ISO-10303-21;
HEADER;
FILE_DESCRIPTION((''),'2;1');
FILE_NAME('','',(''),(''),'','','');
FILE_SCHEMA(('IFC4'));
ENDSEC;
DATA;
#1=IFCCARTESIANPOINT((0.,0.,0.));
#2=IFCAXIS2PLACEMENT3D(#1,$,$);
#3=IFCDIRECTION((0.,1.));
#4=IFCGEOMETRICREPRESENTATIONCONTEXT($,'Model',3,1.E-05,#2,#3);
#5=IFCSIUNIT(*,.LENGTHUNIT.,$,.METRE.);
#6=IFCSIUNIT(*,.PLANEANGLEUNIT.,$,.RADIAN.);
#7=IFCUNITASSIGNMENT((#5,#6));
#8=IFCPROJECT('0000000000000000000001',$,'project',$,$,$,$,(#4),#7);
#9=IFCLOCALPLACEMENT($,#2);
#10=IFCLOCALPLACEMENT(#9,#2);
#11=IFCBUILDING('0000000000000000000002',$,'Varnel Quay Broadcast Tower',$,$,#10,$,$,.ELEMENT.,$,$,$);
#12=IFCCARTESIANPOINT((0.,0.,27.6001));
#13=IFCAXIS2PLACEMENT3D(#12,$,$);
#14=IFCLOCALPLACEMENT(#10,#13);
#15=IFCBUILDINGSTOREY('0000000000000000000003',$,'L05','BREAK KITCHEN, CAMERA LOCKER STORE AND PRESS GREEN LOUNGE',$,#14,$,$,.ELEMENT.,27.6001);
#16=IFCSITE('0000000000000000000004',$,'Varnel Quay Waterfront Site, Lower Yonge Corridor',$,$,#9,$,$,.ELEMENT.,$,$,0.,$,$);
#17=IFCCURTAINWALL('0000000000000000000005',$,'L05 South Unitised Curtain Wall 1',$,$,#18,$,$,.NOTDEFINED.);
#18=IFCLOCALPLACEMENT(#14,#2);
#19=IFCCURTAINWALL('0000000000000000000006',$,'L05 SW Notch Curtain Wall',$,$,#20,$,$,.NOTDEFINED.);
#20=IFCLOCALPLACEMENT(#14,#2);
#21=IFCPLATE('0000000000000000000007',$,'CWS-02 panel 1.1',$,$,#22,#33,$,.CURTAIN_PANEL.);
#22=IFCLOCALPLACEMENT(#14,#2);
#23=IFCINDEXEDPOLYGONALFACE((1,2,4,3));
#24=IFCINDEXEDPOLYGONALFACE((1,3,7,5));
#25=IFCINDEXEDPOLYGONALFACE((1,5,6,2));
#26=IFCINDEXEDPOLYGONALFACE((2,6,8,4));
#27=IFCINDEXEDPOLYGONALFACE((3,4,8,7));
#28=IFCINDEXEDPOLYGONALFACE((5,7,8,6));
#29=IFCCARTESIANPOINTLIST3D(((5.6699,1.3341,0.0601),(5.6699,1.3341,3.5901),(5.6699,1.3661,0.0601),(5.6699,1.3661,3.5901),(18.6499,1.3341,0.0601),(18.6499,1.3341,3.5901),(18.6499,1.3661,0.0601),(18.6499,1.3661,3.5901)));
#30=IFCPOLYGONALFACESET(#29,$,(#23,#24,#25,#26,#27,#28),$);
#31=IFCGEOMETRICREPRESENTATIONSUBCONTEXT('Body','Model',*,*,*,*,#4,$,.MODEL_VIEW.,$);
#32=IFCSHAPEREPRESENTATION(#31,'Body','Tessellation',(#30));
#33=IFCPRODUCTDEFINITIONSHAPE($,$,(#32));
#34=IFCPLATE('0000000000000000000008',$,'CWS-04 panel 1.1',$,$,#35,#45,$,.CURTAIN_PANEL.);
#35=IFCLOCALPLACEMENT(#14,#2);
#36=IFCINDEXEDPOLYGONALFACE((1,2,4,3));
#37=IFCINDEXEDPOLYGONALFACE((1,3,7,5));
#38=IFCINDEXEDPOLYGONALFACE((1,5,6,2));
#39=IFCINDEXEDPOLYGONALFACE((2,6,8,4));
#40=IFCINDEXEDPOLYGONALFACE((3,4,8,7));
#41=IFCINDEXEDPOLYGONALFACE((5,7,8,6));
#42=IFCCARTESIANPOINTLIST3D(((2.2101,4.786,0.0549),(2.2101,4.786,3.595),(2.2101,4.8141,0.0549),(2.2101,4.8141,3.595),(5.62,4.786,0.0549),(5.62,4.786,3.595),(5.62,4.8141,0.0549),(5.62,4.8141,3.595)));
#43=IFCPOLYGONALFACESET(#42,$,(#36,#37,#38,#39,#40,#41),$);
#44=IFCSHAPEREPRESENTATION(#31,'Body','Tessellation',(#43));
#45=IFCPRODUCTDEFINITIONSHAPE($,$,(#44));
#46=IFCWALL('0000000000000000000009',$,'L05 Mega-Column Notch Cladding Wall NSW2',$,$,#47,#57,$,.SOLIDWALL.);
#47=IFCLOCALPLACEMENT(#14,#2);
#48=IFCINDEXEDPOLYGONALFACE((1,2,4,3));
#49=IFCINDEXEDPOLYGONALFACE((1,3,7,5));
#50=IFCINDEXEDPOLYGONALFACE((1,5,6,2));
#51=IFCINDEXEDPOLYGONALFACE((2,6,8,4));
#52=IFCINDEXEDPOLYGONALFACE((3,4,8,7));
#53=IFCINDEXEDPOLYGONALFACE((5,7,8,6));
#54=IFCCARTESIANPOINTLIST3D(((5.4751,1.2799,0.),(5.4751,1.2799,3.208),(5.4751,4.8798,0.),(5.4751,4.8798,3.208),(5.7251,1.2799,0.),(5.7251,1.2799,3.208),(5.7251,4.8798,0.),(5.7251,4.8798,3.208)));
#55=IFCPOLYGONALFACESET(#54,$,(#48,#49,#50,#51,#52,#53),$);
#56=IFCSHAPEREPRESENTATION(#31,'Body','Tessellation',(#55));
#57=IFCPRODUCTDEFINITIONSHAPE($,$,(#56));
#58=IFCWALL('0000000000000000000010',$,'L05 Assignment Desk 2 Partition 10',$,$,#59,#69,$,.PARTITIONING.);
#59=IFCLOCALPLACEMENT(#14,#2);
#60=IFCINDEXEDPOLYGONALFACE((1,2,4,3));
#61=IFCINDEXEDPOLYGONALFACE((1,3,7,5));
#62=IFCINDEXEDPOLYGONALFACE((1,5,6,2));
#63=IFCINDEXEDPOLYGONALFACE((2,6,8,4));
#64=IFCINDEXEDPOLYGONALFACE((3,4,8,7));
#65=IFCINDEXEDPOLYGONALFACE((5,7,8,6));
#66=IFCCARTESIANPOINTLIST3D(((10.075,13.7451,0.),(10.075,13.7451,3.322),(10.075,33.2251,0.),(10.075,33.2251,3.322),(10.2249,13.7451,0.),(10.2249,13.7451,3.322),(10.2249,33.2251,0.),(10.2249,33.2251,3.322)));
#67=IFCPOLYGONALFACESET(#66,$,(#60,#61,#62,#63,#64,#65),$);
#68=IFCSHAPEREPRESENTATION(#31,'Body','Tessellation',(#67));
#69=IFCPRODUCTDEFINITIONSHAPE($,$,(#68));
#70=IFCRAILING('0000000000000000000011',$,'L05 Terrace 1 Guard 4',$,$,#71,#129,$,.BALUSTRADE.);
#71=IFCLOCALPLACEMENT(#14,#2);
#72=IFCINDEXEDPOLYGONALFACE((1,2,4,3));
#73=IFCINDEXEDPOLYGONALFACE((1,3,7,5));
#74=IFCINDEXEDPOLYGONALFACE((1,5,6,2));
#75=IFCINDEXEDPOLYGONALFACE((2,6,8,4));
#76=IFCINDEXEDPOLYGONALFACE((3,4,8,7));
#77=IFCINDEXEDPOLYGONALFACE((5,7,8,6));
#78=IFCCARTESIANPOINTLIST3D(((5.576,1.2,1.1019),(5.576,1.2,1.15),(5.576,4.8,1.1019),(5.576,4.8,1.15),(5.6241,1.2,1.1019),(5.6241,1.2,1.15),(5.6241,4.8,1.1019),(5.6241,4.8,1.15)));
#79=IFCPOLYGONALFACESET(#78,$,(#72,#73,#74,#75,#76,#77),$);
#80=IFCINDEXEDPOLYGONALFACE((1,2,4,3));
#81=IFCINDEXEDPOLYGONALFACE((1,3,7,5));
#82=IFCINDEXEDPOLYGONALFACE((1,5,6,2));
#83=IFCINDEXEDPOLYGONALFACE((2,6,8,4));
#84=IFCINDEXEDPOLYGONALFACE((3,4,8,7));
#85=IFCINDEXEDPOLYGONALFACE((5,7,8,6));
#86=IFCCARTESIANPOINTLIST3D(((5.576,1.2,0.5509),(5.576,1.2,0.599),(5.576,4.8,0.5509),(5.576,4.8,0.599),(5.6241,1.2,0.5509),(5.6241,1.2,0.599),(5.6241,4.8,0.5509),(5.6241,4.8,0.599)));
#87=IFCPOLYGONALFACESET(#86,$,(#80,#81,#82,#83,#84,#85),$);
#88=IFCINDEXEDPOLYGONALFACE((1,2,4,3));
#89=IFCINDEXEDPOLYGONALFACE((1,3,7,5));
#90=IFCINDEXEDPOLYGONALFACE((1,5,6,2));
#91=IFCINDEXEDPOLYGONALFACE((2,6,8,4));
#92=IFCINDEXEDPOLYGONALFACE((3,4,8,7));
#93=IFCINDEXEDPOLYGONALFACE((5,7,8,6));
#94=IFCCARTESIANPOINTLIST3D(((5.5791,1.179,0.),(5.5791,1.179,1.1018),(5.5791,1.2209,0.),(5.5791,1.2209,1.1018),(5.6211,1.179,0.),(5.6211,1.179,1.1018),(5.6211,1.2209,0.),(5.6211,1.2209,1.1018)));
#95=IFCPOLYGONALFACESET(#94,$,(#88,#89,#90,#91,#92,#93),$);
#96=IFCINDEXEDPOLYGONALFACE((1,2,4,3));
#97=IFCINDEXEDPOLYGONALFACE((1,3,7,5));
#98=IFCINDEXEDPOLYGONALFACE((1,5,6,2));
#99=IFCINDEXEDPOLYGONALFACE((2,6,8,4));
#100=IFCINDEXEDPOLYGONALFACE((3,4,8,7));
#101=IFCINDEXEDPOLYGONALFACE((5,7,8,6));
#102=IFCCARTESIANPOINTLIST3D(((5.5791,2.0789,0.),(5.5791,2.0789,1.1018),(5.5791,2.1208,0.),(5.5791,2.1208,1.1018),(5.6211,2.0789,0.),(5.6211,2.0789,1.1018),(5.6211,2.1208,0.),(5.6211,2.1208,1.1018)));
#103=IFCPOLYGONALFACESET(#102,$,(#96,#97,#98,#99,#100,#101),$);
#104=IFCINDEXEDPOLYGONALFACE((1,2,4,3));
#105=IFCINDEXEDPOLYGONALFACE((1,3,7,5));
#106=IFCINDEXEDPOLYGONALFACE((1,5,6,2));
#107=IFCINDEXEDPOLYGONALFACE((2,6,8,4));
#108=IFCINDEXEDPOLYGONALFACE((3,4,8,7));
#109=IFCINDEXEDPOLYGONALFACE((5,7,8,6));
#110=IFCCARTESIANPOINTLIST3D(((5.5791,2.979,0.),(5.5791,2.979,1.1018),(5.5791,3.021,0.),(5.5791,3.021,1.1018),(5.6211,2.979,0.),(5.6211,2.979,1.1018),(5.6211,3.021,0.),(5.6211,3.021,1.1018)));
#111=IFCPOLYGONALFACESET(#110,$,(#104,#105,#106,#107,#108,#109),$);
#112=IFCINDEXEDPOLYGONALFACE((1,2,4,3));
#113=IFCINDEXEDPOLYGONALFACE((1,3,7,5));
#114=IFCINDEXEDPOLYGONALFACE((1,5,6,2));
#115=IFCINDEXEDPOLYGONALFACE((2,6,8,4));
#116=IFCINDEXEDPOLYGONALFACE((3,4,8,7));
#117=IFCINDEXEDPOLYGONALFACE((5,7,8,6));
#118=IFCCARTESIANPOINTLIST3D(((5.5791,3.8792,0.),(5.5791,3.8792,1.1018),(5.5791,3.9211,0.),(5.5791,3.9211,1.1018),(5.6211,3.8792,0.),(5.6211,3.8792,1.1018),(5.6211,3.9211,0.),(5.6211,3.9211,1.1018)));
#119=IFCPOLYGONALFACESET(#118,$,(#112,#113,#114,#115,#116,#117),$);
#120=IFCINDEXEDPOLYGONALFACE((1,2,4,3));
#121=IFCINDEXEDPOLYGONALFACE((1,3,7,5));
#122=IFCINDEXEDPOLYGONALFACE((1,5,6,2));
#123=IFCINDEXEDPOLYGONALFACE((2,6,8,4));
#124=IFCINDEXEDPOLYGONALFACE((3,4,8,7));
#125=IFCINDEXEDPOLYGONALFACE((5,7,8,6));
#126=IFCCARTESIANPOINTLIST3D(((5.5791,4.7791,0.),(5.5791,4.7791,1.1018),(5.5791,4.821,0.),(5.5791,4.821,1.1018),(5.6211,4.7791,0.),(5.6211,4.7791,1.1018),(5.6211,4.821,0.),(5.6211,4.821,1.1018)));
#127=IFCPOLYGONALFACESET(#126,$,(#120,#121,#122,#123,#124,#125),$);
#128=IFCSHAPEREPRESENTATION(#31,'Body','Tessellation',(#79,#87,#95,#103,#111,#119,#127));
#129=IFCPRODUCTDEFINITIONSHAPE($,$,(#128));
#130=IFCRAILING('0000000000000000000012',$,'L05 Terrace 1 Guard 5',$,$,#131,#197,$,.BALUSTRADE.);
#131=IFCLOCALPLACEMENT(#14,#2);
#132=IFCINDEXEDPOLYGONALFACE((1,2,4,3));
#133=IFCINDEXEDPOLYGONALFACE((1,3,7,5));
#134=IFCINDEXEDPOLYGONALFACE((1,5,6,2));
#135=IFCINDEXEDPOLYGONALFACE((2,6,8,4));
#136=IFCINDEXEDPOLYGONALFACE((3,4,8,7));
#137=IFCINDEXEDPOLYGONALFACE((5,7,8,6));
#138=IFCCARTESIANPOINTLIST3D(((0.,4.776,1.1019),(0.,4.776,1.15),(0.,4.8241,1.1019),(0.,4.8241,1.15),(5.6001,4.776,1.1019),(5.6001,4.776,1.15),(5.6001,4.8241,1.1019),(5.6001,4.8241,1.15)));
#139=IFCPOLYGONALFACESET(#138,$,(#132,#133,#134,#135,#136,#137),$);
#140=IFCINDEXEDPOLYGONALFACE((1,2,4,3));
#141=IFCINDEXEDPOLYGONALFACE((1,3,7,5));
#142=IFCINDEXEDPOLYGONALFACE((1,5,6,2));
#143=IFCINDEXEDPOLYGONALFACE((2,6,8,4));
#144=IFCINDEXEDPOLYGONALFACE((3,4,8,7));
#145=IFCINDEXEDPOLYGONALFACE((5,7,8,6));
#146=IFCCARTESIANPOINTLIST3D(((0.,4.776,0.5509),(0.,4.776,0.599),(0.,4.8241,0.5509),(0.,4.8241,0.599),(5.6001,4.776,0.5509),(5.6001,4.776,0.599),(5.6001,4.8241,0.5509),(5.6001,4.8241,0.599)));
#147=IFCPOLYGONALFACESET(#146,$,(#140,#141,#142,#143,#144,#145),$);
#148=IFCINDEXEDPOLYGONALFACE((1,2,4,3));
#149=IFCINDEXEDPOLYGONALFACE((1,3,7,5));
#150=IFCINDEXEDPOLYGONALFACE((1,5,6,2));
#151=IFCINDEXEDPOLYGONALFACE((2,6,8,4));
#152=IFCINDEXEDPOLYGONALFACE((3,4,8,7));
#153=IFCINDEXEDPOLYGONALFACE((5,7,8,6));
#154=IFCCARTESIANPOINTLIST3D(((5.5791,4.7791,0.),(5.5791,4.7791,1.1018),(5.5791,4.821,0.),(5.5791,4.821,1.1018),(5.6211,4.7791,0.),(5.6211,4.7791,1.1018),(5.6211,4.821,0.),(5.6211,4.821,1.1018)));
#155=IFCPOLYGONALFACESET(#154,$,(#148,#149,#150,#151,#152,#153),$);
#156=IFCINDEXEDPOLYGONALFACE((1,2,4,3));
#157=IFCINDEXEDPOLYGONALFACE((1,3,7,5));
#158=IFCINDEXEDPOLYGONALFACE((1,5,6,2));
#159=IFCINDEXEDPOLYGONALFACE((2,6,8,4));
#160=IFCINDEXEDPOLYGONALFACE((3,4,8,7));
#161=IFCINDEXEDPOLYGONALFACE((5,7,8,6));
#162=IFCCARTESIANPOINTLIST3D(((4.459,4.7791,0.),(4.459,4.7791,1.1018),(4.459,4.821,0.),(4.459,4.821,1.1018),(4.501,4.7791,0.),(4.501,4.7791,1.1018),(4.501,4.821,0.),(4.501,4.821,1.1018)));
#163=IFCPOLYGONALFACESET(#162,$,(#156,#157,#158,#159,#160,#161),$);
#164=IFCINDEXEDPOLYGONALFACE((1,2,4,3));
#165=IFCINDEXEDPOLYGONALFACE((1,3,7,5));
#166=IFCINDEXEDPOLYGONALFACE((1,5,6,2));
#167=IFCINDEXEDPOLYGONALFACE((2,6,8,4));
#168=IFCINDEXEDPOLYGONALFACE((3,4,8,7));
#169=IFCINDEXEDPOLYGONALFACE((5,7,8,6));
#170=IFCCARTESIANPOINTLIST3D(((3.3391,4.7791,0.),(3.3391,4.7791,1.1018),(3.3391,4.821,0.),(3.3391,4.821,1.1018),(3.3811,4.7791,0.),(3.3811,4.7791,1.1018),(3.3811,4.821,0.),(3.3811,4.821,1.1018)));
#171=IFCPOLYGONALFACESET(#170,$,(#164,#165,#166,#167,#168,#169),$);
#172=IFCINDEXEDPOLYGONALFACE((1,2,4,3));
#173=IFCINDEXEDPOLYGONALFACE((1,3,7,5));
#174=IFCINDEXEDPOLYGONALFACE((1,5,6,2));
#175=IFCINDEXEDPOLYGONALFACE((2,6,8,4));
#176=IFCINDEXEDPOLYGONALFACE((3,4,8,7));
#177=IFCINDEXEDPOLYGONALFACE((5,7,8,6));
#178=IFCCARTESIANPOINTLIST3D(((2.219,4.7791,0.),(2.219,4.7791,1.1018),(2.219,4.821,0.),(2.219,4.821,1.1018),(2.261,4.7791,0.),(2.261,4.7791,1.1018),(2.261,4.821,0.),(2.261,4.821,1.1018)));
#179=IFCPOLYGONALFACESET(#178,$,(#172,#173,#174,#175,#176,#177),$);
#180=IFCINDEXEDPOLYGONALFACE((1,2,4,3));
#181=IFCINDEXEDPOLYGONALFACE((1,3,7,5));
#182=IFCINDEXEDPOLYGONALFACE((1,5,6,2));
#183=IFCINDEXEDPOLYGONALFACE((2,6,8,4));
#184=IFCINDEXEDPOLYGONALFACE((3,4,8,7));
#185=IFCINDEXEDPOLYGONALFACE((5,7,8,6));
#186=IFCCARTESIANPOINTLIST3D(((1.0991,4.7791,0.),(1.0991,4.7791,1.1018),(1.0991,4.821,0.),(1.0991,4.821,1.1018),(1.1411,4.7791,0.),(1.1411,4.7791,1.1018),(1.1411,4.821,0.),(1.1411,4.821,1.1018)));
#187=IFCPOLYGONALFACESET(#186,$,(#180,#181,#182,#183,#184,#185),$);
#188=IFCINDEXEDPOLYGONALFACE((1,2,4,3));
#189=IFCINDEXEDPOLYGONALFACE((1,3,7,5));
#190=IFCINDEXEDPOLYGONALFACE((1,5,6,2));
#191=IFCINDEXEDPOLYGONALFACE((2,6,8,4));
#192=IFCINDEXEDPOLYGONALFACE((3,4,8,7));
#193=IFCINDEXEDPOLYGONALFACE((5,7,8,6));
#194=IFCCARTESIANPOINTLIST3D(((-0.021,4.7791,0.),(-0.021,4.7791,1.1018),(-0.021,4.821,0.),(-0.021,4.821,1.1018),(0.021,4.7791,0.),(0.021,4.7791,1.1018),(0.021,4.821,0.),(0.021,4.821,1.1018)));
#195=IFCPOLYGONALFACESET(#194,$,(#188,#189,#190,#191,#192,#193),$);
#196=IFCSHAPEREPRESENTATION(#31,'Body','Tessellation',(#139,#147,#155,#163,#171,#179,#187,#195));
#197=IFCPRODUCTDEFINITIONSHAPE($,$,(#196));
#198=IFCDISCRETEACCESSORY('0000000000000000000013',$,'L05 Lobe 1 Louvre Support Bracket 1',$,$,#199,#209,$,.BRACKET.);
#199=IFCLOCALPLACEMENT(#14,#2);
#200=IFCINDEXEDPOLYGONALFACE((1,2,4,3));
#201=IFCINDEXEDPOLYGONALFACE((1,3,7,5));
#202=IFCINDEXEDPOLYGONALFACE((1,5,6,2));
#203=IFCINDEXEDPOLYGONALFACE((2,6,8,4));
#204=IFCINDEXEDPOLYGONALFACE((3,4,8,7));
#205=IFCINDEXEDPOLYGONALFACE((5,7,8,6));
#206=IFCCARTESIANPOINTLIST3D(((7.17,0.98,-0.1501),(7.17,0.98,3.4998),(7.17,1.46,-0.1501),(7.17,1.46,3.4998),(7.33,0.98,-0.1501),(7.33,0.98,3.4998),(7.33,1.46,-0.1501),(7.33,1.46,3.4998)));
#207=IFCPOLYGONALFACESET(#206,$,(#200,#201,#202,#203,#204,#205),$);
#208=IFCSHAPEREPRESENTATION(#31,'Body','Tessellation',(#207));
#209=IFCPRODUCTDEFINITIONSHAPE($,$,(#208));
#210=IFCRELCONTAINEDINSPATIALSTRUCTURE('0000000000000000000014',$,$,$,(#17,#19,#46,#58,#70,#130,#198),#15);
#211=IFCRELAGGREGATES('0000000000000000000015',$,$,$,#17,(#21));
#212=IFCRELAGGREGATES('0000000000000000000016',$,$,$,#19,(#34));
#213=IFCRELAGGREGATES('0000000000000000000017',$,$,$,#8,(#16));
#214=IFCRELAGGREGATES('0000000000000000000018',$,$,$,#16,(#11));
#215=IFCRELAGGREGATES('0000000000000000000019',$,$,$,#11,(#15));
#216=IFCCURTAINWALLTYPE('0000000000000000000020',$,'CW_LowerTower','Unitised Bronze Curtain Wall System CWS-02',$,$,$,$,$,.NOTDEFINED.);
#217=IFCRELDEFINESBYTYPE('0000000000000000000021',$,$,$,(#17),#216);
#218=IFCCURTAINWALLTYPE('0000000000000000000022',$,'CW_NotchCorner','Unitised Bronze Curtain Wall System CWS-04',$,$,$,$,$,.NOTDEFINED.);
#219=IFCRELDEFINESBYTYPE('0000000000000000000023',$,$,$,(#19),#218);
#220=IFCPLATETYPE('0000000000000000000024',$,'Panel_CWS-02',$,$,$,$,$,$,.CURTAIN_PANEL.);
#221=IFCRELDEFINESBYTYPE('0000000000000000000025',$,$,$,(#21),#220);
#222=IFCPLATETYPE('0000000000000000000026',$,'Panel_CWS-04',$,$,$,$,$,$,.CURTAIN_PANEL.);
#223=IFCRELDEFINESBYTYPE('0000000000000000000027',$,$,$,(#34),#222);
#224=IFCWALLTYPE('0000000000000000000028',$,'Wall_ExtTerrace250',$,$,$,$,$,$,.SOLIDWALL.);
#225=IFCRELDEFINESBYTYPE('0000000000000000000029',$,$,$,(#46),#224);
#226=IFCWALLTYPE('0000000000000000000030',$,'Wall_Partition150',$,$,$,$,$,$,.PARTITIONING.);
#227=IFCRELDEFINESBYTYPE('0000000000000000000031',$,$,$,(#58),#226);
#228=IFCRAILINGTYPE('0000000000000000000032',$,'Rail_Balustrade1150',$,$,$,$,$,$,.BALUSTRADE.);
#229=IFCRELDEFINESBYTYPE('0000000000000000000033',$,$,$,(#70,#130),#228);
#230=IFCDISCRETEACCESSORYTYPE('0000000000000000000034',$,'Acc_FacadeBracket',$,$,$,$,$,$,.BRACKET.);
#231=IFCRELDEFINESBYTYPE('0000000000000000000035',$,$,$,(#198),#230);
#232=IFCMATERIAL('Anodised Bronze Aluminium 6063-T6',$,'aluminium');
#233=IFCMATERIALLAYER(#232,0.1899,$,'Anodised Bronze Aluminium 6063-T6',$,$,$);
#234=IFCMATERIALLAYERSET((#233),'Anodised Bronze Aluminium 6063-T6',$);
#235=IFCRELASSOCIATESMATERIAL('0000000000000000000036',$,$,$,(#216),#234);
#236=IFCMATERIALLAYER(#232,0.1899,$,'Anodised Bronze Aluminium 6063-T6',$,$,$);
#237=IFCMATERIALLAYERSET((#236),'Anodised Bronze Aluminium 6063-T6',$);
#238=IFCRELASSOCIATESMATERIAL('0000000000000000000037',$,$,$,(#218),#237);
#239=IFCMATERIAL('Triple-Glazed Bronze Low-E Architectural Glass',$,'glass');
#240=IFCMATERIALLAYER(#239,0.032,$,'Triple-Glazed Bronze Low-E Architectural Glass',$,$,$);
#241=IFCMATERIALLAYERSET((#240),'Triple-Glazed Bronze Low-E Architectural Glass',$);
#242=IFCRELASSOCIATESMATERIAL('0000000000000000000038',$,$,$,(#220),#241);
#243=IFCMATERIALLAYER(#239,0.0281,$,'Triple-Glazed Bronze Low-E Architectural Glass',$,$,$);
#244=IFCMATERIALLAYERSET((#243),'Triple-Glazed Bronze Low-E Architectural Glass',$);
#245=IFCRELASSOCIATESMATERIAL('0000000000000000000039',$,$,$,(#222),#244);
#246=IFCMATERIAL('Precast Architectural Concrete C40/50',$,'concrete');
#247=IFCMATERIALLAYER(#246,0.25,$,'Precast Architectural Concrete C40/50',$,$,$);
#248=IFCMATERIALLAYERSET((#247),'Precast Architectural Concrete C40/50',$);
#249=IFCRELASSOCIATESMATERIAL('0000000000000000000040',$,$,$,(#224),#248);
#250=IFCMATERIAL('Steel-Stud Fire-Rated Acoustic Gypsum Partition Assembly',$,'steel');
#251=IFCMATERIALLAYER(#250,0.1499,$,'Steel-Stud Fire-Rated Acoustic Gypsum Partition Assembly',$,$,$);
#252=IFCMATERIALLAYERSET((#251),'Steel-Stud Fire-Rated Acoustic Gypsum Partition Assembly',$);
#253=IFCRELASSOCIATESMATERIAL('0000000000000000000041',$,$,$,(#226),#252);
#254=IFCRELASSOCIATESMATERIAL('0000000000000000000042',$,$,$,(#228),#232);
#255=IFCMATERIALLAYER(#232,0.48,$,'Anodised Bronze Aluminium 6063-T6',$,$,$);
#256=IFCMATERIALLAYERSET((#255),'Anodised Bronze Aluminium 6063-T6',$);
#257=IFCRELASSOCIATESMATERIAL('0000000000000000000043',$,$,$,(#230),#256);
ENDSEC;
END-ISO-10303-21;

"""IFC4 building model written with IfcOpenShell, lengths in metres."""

from ifc_helpers import new_model, si_unit, direction, frame, frame_2d, origin, origin_2d, place, context, subcontext, project, spatial, rectangle, extrude, source, transform, mapped, material, layer, layer_set, type_object, type_shapes, element, aggregate, save


model = new_model("IFC4")

# Units and contexts
model_context = context("Model", 3, precision=1e-05, world=origin(), true_north=direction((0.0, 1.0)))
body_context = subcontext(model_context, "Body", "Model", "MODEL_VIEW")
ifc_project = project(units=[si_unit("LENGTHUNIT", "METRE"), si_unit("PLANEANGLEUNIT", "RADIAN")], contexts=[model_context])

# Site, building, storey
site_placement = place(None, origin())
site = spatial("IfcSite", under=ifc_project, at=site_placement, Name="Varnel Quay Waterfront Site, Lower Yonge Corridor", CompositionType="ELEMENT", RefElevation=0.0)
building_placement = place(site_placement, origin())
building = spatial("IfcBuilding", under=site, at=building_placement, Name="Varnel Quay Broadcast Tower", CompositionType="ELEMENT")
storey_placement = place(building_placement, frame((0.0, 0.0, 27.6001)))
storey = spatial("IfcBuildingStorey", under=building, at=storey_placement, Name="L05", Description="BREAK KITCHEN, CAMERA LOCKER STORE AND PRESS GREEN LOUNGE", CompositionType="ELEMENT", Elevation=27.6001)

# Curtain wall
ifc_material_1 = material(Name="Anodised Bronze Aluminium 6063-T6", Category="aluminium")
ifc_layer_1 = layer(ifc_material_1, 0.1899, Name="Anodised Bronze Aluminium 6063-T6")
ifc_layer_set_1 = layer_set([ifc_layer_1], Name="Anodised Bronze Aluminium 6063-T6")
curtain_wall_type_1 = type_object("IfcCurtainWallType", Name="CW_LowerTower", Description="Unitised Bronze Curtain Wall System CWS-02", PredefinedType="NOTDEFINED", material=ifc_layer_set_1)
curtain_wall_1_placement = place(storey_placement, origin())
curtain_wall_1 = element("IfcCurtainWall", 1, at=curtain_wall_1_placement, inside=storey, type_object=curtain_wall_type_1, Name="L05 South Unitised Curtain Wall 1", PredefinedType="NOTDEFINED")

# Curtain wall
ifc_layer_2 = layer(ifc_material_1, 0.1899, Name="Anodised Bronze Aluminium 6063-T6")
ifc_layer_set_2 = layer_set([ifc_layer_2], Name="Anodised Bronze Aluminium 6063-T6")
curtain_wall_type_2 = type_object("IfcCurtainWallType", Name="CW_NotchCorner", Description="Unitised Bronze Curtain Wall System CWS-04", PredefinedType="NOTDEFINED", material=ifc_layer_set_2)
curtain_wall_2_placement = place(storey_placement, origin())
curtain_wall_2 = element("IfcCurtainWall", 2, at=curtain_wall_2_placement, inside=storey, type_object=curtain_wall_type_2, Name="L05 SW Notch Curtain Wall", PredefinedType="NOTDEFINED")

# Plates
ifc_material_2 = material(Name="Triple-Glazed Bronze Low-E Architectural Glass", Category="glass")
ifc_layer_3 = layer(ifc_material_2, 0.032, Name="Triple-Glazed Bronze Low-E Architectural Glass")
ifc_layer_set_3 = layer_set([ifc_layer_3], Name="Triple-Glazed Bronze Low-E Architectural Glass")
plate_type_1 = type_object("IfcPlateType", Name="Panel_CWS-02", PredefinedType="CURTAIN_PANEL", material=ifc_layer_set_3)
shared_shape_1 = source(origin(), body_context, "Body", "SweptSolid", [
    extrude(rectangle(XDim=12.98, YDim=0.032, at=origin_2d()), origin(), (0.0, 0.0, 1.0), 3.53),
])
type_shapes(plate_type_1, [shared_shape_1])
plate_1_placement = place(storey_placement, frame((12.1599, 1.3501, 0.0601), z_axis=(0.0, 0.0, 1.0), x_axis=(1.0, 0.0, 0.0)))
plate_1 = element("IfcPlate", 3, at=plate_1_placement, type_object=plate_type_1, Name="CWS-02 panel 1.1", PredefinedType="CURTAIN_PANEL", context=body_context, shape_type="MappedRepresentation", body=[
    mapped(shared_shape_1, transform((0.0, 0.0, 0.0), x_axis=(1.0, 0.0, 0.0), y_axis=(0.0, 1.0, 0.0), z_axis=(0.0, 0.0, 1.0), scale=1.0)),
])
aggregate(curtain_wall_1, [plate_1])
ifc_layer_4 = layer(ifc_material_2, 0.0281, Name="Triple-Glazed Bronze Low-E Architectural Glass")
ifc_layer_set_4 = layer_set([ifc_layer_4], Name="Triple-Glazed Bronze Low-E Architectural Glass")
plate_type_2 = type_object("IfcPlateType", Name="Panel_CWS-04", PredefinedType="CURTAIN_PANEL", material=ifc_layer_set_4)
shared_shape_2 = source(origin(), body_context, "Body", "SweptSolid", [
    extrude(rectangle(XDim=3.4099, YDim=0.0281, at=origin_2d()), origin(), (0.0, 0.0, 1.0), 3.54),
])
type_shapes(plate_type_2, [shared_shape_2])
plate_2_placement = place(storey_placement, frame((3.915, 4.8, 0.0549), z_axis=(0.0, 0.0, 1.0), x_axis=(1.0, 0.0, 0.0)))
plate_2 = element("IfcPlate", 4, at=plate_2_placement, type_object=plate_type_2, Name="CWS-04 panel 1.1", PredefinedType="CURTAIN_PANEL", context=body_context, shape_type="MappedRepresentation", body=[
    mapped(shared_shape_2, transform((0.0, 0.0, 0.0), x_axis=(1.0, 0.0, 0.0), y_axis=(0.0, 1.0, 0.0), z_axis=(0.0, 0.0, 1.0), scale=1.0)),
])
aggregate(curtain_wall_2, [plate_2])

# Walls
ifc_material_3 = material(Name="Precast Architectural Concrete C40/50", Category="concrete")
ifc_layer_5 = layer(ifc_material_3, 0.25, Name="Precast Architectural Concrete C40/50")
ifc_layer_set_5 = layer_set([ifc_layer_5], Name="Precast Architectural Concrete C40/50")
wall_type_1 = type_object("IfcWallType", Name="Wall_ExtTerrace250", PredefinedType="SOLIDWALL", material=ifc_layer_set_5)
wall_1_placement = place(storey_placement, frame((5.6001, 1.28, 0.0), z_axis=(0.0, 0.0, 1.0), x_axis=(0.0, 1.0, 0.0)))
element("IfcWall", 5, at=wall_1_placement, inside=storey, type_object=wall_type_1, Name="L05 Mega-Column Notch Cladding Wall NSW2", PredefinedType="SOLIDWALL", context=body_context, shape_type="SweptSolid", body=[
    extrude(rectangle(XDim=3.5999, YDim=0.25, at=frame_2d((1.7998, 0.0))), origin(), (0.0, 0.0, 1.0), 3.208),
])
ifc_material_4 = material(Name="Steel-Stud Fire-Rated Acoustic Gypsum Partition Assembly", Category="steel")
ifc_layer_6 = layer(ifc_material_4, 0.1499, Name="Steel-Stud Fire-Rated Acoustic Gypsum Partition Assembly")
ifc_layer_set_6 = layer_set([ifc_layer_6], Name="Steel-Stud Fire-Rated Acoustic Gypsum Partition Assembly")
wall_type_2 = type_object("IfcWallType", Name="Wall_Partition150", PredefinedType="PARTITIONING", material=ifc_layer_set_6)
wall_2_placement = place(storey_placement, frame((10.1499, 13.7451, 0.0), z_axis=(0.0, 0.0, 1.0), x_axis=(0.0, 1.0, 0.0)))
element("IfcWall", 6, at=wall_2_placement, inside=storey, type_object=wall_type_2, Name="L05 Assignment Desk 2 Partition 10", PredefinedType="PARTITIONING", context=body_context, shape_type="SweptSolid", body=[
    extrude(rectangle(XDim=19.48, YDim=0.1499, at=frame_2d((9.74, 0.0))), origin(), (0.0, 0.0, 1.0), 3.322),
])

# Railings
railing_type = type_object("IfcRailingType", Name="Rail_Balustrade1150", PredefinedType="BALUSTRADE", material=ifc_material_1)
railing_1_placement = place(storey_placement, frame((5.6001, 1.2, 0.0)))
element("IfcRailing", 7, at=railing_1_placement, inside=storey, type_object=railing_type, Name="L05 Terrace 1 Guard 4", PredefinedType="BALUSTRADE", context=body_context, shape_type="SweptSolid", body=[
    extrude(rectangle(XDim=0.0481, YDim=0.0481, at=origin_2d()), frame((0.0, 0.0, 1.126), z_axis=(0.0, 1.0, 0.0), x_axis=(-1.0, 0.0, 0.0)), (0.0, 0.0, 1.0), 3.6001),
    extrude(rectangle(XDim=0.0481, YDim=0.0481, at=origin_2d()), frame((0.0, 0.0, 0.575), z_axis=(0.0, 1.0, 0.0), x_axis=(-1.0, 0.0, 0.0)), (0.0, 0.0, 1.0), 3.6001),
    extrude(rectangle(XDim=0.042, YDim=0.042, at=origin_2d()), origin(), (0.0, 0.0, 1.0), 1.1018),
    extrude(rectangle(XDim=0.042, YDim=0.042, at=origin_2d()), frame((0.0, 0.8999, 0.0)), (0.0, 0.0, 1.0), 1.1018),
    extrude(rectangle(XDim=0.042, YDim=0.042, at=origin_2d()), frame((0.0, 1.8, 0.0)), (0.0, 0.0, 1.0), 1.1018),
    extrude(rectangle(XDim=0.042, YDim=0.042, at=origin_2d()), frame((0.0, 2.7002, 0.0)), (0.0, 0.0, 1.0), 1.1018),
    extrude(rectangle(XDim=0.042, YDim=0.042, at=origin_2d()), frame((0.0, 3.6001, 0.0)), (0.0, 0.0, 1.0), 1.1018),
])
railing_2_placement = place(storey_placement, frame((5.6001, 4.8, 0.0)))
element("IfcRailing", 8, at=railing_2_placement, inside=storey, type_object=railing_type, Name="L05 Terrace 1 Guard 5", PredefinedType="BALUSTRADE", context=body_context, shape_type="SweptSolid", body=[
    extrude(rectangle(XDim=0.0481, YDim=0.0481, at=origin_2d()), frame((0.0, 0.0, 1.126), z_axis=(-1.0, 0.0, 0.0), x_axis=(0.0, -1.0, 0.0)), (0.0, 0.0, 1.0), 5.6001),
    extrude(rectangle(XDim=0.0481, YDim=0.0481, at=origin_2d()), frame((0.0, 0.0, 0.575), z_axis=(-1.0, 0.0, 0.0), x_axis=(0.0, -1.0, 0.0)), (0.0, 0.0, 1.0), 5.6001),
    extrude(rectangle(XDim=0.042, YDim=0.042, at=origin_2d()), origin(), (0.0, 0.0, 1.0), 1.1018),
    extrude(rectangle(XDim=0.042, YDim=0.042, at=origin_2d()), frame((-1.1201, 0.0, 0.0)), (0.0, 0.0, 1.0), 1.1018),
    extrude(rectangle(XDim=0.042, YDim=0.042, at=origin_2d()), frame((-2.24, 0.0, 0.0)), (0.0, 0.0, 1.0), 1.1018),
    extrude(rectangle(XDim=0.042, YDim=0.042, at=origin_2d()), frame((-3.3601, 0.0, 0.0)), (0.0, 0.0, 1.0), 1.1018),
    extrude(rectangle(XDim=0.042, YDim=0.042, at=origin_2d()), frame((-4.48, 0.0, 0.0)), (0.0, 0.0, 1.0), 1.1018),
    extrude(rectangle(XDim=0.042, YDim=0.042, at=origin_2d()), frame((-5.6001, 0.0, 0.0)), (0.0, 0.0, 1.0), 1.1018),
])

# Discrete accessory
ifc_layer_7 = layer(ifc_material_1, 0.48, Name="Anodised Bronze Aluminium 6063-T6")
ifc_layer_set_7 = layer_set([ifc_layer_7], Name="Anodised Bronze Aluminium 6063-T6")
discrete_accessory_type = type_object("IfcDiscreteAccessoryType", Name="Acc_FacadeBracket", PredefinedType="BRACKET", material=ifc_layer_set_7)
shared_shape_3 = source(origin(), body_context, "Body", "SweptSolid", [
    extrude(rectangle(XDim=0.1599, YDim=0.48, at=origin_2d()), origin(), (0.0, 0.0, 1.0), 3.6499),
])
type_shapes(discrete_accessory_type, [shared_shape_3])
discrete_accessory_placement = place(storey_placement, frame((7.25, 1.22, -0.1501), z_axis=(0.0, 0.0, 1.0), x_axis=(1.0, 0.0, 0.0)))
element("IfcDiscreteAccessory", 9, at=discrete_accessory_placement, inside=storey, type_object=discrete_accessory_type, Name="L05 Lobe 1 Louvre Support Bracket 1", PredefinedType="BRACKET", context=body_context, shape_type="MappedRepresentation", body=[
    mapped(shared_shape_3, transform((0.0, 0.0, 0.0), x_axis=(1.0, 0.0, 0.0), y_axis=(0.0, 1.0, 0.0), z_axis=(0.0, 0.0, 1.0), scale=1.0)),
])

save(model, "model.ifc")
